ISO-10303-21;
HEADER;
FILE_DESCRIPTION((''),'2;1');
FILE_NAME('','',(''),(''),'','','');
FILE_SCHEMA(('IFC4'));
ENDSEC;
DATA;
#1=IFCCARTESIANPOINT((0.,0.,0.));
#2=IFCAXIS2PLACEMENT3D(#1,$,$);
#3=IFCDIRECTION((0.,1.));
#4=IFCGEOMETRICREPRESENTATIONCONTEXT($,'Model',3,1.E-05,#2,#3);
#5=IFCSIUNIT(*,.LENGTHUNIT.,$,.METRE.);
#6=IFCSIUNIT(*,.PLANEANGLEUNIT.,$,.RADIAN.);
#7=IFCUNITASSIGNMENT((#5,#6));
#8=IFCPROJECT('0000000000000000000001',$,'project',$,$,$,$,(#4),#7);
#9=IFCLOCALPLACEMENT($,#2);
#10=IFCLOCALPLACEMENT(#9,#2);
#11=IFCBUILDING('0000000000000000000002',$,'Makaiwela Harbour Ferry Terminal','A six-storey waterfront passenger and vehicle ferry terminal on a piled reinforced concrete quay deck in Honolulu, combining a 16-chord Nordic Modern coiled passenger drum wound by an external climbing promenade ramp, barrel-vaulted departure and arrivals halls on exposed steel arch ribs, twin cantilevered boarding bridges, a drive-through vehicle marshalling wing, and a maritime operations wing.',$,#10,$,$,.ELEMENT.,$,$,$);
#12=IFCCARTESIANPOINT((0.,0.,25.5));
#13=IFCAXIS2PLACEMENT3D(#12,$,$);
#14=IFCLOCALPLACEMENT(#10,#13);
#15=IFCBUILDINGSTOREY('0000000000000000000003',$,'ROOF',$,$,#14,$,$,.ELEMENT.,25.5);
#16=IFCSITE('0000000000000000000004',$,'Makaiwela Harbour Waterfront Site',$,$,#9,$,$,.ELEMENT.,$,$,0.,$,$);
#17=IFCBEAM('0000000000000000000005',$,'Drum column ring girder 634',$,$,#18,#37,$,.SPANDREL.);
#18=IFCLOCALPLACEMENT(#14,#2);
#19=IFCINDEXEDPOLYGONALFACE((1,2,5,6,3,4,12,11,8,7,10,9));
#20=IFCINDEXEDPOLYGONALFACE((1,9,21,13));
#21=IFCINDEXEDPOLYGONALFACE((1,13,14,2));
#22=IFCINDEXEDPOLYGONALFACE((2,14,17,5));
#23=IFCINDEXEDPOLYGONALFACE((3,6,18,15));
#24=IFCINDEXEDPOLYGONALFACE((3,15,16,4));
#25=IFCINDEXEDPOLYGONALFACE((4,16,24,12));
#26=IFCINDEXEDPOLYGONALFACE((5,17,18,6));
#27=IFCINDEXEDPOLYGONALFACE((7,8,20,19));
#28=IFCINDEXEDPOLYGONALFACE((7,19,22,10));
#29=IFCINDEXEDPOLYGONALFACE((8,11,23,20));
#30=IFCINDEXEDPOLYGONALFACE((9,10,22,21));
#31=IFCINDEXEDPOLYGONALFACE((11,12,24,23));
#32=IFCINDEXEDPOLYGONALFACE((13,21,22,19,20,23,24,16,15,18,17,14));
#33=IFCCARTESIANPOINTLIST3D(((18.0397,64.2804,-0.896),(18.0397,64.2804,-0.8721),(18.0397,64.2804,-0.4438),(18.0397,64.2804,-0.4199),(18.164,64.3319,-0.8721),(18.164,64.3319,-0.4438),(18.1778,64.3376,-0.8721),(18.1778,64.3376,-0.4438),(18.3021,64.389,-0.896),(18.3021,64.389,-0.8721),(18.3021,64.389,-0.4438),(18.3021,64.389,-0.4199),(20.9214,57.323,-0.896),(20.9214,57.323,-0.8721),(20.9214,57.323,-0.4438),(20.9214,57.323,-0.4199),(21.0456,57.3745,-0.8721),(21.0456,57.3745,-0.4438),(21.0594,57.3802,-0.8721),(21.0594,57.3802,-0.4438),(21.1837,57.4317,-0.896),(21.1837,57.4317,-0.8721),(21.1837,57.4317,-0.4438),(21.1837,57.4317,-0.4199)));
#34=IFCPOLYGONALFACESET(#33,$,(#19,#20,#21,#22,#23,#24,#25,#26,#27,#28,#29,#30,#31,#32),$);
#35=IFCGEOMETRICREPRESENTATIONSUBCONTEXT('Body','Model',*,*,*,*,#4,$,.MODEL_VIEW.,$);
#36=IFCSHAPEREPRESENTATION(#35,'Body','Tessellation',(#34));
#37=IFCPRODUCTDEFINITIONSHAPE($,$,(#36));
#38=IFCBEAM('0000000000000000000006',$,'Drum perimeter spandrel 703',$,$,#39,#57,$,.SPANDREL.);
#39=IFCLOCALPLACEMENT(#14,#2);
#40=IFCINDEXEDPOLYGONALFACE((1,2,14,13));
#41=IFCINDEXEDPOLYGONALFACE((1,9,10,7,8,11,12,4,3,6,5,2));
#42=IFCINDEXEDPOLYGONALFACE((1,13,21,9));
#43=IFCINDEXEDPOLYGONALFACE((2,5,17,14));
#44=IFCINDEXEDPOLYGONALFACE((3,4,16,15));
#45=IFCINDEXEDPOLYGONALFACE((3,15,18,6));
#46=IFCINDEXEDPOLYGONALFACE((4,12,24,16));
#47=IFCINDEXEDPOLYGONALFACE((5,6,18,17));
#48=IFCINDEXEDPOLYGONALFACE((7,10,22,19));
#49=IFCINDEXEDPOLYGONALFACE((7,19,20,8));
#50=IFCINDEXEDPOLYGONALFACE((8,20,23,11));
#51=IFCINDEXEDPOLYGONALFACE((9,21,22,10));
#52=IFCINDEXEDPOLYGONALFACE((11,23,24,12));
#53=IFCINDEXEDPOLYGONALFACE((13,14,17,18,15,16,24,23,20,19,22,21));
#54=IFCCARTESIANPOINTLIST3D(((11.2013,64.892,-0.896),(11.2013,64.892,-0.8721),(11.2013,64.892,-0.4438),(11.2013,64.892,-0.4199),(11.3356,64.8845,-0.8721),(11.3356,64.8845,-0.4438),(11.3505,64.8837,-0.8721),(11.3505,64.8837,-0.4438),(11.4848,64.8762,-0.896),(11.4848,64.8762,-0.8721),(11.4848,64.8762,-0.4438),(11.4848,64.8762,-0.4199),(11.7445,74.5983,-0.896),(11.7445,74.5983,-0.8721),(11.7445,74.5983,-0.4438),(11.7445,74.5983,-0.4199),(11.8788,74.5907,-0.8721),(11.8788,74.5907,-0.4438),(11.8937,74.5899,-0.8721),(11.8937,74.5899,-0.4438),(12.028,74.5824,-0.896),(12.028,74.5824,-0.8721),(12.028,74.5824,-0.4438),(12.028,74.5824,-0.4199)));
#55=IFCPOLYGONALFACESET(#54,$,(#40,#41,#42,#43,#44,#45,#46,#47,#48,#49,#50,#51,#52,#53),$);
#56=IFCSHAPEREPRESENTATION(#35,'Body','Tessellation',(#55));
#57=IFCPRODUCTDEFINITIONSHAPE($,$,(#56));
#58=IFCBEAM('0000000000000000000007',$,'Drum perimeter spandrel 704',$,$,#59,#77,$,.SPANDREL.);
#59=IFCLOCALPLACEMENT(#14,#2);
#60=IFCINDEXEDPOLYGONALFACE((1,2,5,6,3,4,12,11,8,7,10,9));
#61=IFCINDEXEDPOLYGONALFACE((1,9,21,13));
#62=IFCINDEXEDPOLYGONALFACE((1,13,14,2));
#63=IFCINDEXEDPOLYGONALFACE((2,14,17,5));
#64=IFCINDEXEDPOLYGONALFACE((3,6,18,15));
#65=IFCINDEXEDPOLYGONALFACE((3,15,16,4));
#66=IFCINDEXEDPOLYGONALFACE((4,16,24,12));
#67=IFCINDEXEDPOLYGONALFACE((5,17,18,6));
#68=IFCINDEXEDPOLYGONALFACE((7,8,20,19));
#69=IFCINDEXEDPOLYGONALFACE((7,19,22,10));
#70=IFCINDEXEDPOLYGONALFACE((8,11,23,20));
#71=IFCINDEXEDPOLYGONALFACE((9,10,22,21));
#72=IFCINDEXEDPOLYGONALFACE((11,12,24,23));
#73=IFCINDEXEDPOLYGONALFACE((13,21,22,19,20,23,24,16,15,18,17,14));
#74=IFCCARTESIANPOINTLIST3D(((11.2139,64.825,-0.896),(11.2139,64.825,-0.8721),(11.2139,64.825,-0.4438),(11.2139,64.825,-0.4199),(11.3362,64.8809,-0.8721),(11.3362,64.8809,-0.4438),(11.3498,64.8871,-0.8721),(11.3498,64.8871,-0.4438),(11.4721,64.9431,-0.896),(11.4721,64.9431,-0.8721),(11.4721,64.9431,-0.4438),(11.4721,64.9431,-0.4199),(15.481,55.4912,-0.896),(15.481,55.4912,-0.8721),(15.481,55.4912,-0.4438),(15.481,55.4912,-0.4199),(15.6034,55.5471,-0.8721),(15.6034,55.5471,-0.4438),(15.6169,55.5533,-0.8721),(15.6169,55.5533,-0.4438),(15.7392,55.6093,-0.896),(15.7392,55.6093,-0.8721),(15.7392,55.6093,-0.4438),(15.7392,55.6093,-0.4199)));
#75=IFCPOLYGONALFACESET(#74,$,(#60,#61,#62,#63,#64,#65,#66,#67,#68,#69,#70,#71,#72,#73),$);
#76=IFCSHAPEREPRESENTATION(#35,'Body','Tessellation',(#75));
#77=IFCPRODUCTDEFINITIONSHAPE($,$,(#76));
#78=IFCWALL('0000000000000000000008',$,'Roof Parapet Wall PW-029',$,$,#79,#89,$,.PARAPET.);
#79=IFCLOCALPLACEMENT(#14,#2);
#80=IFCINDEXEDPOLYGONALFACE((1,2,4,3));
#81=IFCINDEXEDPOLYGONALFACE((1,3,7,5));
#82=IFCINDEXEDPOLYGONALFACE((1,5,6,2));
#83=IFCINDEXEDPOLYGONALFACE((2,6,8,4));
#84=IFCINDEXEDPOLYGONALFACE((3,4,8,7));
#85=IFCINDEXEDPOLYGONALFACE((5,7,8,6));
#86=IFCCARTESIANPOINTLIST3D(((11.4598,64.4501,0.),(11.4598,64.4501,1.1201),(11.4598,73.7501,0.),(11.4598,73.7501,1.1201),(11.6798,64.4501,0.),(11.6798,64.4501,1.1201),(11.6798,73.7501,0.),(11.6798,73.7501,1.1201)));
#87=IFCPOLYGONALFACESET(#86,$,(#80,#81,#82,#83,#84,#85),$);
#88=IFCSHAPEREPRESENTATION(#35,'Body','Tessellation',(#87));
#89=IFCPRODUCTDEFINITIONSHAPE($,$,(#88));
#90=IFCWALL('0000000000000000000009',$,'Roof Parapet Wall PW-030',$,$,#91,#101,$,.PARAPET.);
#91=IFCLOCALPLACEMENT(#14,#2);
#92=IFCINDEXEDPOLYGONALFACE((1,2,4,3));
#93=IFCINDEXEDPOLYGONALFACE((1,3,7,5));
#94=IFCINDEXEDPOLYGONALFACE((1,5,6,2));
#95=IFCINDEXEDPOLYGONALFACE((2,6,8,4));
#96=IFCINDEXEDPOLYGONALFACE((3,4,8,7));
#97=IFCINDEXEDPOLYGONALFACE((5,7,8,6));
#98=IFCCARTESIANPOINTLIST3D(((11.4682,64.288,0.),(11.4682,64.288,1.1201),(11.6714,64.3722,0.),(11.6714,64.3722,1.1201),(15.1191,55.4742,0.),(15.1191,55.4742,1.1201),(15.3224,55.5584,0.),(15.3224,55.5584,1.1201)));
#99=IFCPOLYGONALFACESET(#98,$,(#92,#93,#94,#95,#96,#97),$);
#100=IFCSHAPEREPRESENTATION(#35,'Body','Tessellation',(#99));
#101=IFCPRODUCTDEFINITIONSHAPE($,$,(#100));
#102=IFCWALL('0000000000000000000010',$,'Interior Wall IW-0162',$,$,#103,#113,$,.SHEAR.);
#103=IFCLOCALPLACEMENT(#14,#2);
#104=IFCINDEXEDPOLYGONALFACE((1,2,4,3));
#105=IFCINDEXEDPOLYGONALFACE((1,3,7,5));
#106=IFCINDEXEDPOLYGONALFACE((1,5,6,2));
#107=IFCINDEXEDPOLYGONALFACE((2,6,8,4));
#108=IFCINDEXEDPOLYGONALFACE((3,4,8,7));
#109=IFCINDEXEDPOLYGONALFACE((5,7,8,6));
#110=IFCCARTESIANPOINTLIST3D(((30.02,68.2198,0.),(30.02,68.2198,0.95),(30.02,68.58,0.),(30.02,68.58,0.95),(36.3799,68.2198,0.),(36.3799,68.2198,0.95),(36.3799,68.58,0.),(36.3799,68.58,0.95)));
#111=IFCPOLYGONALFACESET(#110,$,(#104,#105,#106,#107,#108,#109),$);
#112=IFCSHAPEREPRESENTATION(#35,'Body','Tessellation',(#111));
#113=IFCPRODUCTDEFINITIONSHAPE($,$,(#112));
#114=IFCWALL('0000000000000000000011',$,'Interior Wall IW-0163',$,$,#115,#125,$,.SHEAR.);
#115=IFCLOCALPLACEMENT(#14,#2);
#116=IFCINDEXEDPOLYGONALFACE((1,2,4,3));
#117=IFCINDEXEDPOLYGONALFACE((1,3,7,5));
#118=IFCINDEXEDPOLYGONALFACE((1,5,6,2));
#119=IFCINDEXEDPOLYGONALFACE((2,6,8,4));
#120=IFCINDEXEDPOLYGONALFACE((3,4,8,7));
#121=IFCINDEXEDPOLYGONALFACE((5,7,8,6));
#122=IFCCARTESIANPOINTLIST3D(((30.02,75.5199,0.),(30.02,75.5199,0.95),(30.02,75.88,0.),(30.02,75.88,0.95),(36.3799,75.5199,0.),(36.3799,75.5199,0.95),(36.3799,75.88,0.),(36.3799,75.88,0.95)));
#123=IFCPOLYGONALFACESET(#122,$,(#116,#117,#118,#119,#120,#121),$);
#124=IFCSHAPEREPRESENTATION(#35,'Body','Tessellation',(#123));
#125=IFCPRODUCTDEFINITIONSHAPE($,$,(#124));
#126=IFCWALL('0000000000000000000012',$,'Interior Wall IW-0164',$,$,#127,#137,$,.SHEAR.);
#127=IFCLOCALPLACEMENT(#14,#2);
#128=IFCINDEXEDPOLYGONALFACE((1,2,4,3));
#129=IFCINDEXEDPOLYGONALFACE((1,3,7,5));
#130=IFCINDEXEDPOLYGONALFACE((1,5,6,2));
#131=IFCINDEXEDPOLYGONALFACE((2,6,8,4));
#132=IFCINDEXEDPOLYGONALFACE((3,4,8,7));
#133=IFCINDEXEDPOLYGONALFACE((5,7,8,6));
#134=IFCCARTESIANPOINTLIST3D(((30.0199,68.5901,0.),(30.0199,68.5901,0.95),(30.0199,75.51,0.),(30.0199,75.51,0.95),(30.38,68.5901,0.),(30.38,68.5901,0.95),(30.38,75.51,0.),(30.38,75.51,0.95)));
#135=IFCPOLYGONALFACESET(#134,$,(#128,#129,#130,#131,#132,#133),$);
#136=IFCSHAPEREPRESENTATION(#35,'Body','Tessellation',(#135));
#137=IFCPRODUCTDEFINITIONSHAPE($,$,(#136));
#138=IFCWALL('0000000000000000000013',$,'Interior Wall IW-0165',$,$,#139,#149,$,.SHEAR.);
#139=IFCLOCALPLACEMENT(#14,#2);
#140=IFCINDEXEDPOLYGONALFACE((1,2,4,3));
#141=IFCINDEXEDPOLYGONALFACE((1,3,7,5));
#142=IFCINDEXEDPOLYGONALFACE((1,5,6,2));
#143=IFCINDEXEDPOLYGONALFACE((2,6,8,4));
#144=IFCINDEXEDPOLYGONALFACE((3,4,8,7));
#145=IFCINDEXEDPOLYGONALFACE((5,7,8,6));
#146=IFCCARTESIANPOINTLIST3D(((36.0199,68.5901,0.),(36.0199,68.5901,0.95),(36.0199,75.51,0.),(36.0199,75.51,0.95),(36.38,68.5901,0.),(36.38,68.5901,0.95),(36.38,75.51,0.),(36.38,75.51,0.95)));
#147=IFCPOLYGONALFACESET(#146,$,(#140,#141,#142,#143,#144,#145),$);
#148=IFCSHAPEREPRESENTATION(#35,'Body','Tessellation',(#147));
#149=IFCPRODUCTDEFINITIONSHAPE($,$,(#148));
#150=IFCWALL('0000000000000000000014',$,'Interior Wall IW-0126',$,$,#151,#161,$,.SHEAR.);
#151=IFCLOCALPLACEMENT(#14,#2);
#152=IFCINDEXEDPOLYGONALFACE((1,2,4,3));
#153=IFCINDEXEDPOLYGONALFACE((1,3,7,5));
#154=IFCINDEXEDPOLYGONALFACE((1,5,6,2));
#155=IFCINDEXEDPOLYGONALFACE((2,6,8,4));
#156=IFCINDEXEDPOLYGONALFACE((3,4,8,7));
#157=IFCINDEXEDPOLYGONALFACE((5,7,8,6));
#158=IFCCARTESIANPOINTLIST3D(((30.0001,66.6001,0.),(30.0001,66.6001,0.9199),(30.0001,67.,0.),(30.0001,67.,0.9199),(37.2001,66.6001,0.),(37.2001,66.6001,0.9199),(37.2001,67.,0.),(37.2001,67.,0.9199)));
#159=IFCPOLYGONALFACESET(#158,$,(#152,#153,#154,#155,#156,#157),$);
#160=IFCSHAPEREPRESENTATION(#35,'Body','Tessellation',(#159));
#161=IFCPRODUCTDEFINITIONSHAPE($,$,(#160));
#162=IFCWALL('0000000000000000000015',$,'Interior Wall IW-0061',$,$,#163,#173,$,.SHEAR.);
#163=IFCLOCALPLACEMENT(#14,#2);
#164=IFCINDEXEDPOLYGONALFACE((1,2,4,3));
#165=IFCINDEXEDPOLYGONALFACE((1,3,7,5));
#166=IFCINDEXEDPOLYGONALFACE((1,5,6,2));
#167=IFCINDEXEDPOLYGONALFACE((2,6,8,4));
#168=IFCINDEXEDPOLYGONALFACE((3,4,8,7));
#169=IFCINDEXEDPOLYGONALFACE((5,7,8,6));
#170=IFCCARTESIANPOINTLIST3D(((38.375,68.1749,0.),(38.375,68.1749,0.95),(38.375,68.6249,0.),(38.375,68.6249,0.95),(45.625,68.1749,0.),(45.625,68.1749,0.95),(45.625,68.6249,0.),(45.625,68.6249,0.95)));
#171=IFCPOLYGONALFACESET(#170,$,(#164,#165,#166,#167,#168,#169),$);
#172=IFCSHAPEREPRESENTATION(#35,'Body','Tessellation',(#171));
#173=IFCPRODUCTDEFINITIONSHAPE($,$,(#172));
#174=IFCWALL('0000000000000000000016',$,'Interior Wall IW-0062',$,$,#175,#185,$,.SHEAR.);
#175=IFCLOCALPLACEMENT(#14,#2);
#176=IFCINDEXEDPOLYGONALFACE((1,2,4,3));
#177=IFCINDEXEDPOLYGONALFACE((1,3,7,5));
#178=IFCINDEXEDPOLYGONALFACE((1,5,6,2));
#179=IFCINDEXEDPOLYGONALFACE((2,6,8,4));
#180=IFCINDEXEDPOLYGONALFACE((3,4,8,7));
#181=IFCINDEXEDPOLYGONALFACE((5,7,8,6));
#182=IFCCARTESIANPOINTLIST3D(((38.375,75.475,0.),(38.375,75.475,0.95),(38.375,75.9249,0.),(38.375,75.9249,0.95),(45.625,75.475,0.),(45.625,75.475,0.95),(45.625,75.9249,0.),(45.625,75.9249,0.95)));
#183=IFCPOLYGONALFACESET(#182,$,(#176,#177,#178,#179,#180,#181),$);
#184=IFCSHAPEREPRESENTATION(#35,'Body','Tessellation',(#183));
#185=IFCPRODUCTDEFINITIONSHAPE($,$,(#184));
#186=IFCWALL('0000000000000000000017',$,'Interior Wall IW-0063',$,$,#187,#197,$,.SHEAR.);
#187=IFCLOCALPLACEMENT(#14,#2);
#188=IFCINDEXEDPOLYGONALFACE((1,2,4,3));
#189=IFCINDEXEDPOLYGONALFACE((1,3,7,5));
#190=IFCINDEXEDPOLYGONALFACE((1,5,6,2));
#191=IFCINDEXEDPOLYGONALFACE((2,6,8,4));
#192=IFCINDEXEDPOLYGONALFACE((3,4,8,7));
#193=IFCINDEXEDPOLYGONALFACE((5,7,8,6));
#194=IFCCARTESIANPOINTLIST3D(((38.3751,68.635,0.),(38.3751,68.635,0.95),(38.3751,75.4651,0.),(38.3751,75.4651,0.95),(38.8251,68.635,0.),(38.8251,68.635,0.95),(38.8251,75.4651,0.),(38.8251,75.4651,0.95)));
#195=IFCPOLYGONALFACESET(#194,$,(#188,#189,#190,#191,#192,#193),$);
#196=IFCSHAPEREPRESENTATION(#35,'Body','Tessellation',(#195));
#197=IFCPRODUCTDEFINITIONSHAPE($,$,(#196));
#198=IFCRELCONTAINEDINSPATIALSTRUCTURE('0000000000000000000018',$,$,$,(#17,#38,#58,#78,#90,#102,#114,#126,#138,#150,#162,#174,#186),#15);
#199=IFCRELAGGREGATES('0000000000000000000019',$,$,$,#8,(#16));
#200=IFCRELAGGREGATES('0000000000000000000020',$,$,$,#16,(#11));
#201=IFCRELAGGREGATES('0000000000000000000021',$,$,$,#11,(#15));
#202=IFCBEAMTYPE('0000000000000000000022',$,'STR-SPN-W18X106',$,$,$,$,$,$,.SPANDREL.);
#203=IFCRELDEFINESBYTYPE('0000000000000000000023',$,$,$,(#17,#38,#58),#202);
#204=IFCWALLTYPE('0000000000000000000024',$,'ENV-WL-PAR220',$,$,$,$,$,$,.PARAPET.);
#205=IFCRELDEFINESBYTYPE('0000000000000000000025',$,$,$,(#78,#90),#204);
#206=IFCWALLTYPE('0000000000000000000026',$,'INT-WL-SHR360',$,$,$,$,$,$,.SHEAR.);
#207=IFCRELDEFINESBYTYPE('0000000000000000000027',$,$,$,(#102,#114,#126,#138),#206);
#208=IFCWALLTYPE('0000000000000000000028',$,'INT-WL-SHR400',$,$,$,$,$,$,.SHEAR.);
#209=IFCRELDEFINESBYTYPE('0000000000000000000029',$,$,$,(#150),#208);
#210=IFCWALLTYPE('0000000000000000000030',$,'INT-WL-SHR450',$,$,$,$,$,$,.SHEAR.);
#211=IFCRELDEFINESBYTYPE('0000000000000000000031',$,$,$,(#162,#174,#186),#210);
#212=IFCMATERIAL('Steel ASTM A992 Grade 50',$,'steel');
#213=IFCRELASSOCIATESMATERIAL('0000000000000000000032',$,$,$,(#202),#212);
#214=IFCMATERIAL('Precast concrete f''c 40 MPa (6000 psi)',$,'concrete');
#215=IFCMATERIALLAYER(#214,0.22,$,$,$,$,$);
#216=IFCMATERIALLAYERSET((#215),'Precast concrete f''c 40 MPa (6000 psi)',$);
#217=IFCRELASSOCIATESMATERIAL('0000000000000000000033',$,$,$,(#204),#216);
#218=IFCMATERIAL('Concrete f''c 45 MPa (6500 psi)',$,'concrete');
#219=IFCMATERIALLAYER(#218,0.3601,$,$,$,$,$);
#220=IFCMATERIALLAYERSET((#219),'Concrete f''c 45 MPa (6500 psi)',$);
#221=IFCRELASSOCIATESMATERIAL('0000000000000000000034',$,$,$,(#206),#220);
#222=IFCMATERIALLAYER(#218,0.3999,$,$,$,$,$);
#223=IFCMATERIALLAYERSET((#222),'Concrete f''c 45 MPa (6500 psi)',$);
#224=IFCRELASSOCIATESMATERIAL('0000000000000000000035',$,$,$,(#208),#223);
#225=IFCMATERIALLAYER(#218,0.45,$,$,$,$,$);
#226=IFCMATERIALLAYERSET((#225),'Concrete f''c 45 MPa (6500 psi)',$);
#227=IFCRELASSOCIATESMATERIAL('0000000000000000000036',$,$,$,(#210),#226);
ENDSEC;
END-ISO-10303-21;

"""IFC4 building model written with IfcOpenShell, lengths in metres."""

from ifc_helpers import new_model, si_unit, direction, frame, frame_2d, origin, origin_2d, place, context, subcontext, project, spatial, rectangle, i_section, extrude, material, layer, layer_set, material_profile, profile_set, type_object, element, save


model = new_model("IFC4")

# Units and contexts
model_context = context("Model", 3, precision=1e-05, world=origin(), true_north=direction((0.0, 1.0)))
body_context = subcontext(model_context, "Body", "Model", "MODEL_VIEW")
ifc_project = project(units=[si_unit("LENGTHUNIT", "METRE"), si_unit("PLANEANGLEUNIT", "RADIAN")], contexts=[model_context])

# Site, building, storey
site_placement = place(None, origin())
site = spatial("IfcSite", under=ifc_project, at=site_placement, Name="Makaiwela Harbour Waterfront Site", CompositionType="ELEMENT", RefElevation=0.0)
building_placement = place(site_placement, origin())
building = spatial("IfcBuilding", under=site, at=building_placement, Name="Makaiwela Harbour Ferry Terminal", Description="A six-storey waterfront passenger and vehicle ferry terminal on a piled reinforced concrete quay deck in Honolulu, combining a 16-chord Nordic Modern coiled passenger drum wound by an external climbing promenade ramp, barrel-vaulted departure and arrivals halls on exposed steel arch ribs, twin cantilevered boarding bridges, a drive-through vehicle marshalling wing, and a maritime operations wing.", CompositionType="ELEMENT")
storey_placement = place(building_placement, frame((0.0, 0.0, 25.5)))
storey = spatial("IfcBuildingStorey", under=building, at=storey_placement, Name="ROOF", CompositionType="ELEMENT", Elevation=25.5)

# Beams
ifc_material_1 = material(Name="Steel ASTM A992 Grade 50", Category="steel")
ifc_material_profile_1 = material_profile(ifc_material_1, i_section(OverallWidth=0.2839, OverallDepth=0.4761, WebThickness=0.0149, FlangeThickness=0.0239, at=origin_2d()), Name="W18X106")
ifc_profile_set_1 = profile_set([ifc_material_profile_1], Name="Steel ASTM A992 Grade 50")
beam_type_1 = type_object("IfcBeamType", Name="STR-SPN-W18X106", PredefinedType="SPANDREL", material=ifc_profile_set_1)
for number, where, z_axis, x_axis, name in (
    (1, (18.1709, 64.3347, -0.658), (0.38266, -0.923889, 0.0), (0.923889, 0.38266, 0.0), "Drum column ring girder 634"),
):
    element("IfcBeam", number, at=place(storey_placement, frame(where, z_axis=z_axis, x_axis=x_axis)), inside=storey, type_object=beam_type_1, Name=name, PredefinedType="SPANDREL", context=body_context, shape_type="SweptSolid", body=[
        extrude(i_section(OverallWidth=0.2839, OverallDepth=0.4761, WebThickness=0.0149, FlangeThickness=0.0239, at=origin_2d()), origin(), (0.0, 0.0, 1.0), 7.5305),
    ])
beam_1_placement = place(storey_placement, frame((11.8862, 74.5903, -0.658), z_axis=(-0.055878, -0.998438, 0.0), x_axis=(0.998438, -0.055878, 0.0)))
element("IfcBeam", 2, at=beam_1_placement, inside=storey, type_object=beam_type_1, Name="Drum perimeter spandrel 703", PredefinedType="SPANDREL", context=body_context, shape_type="SweptSolid", body=[
    extrude(i_section(OverallWidth=0.2839, OverallDepth=0.4761, WebThickness=0.0149, FlangeThickness=0.0239, at=origin_2d()), origin(), (0.0, 0.0, 1.0), 9.7214),
])
beam_2_placement = place(storey_placement, frame((11.343, 64.884, -0.658), z_axis=(0.415779, -0.909466, 0.0), x_axis=(0.909466, 0.415779, 0.0)))
element("IfcBeam", 3, at=beam_2_placement, inside=storey, type_object=beam_type_1, Name="Drum perimeter spandrel 704", PredefinedType="SPANDREL", context=body_context, shape_type="SweptSolid", body=[
    extrude(i_section(OverallWidth=0.2839, OverallDepth=0.4761, WebThickness=0.0149, FlangeThickness=0.0239, at=origin_2d()), origin(), (0.0, 0.0, 1.0), 10.2629),
])

# Walls
ifc_material_2 = material(Name="Precast concrete f'c 40 MPa (6000 psi)", Category="concrete")
ifc_layer_1 = layer(ifc_material_2, 0.22)
ifc_layer_set_1 = layer_set([ifc_layer_1], Name="Precast concrete f'c 40 MPa (6000 psi)")
wall_type_1 = type_object("IfcWallType", Name="ENV-WL-PAR220", PredefinedType="PARAPET", material=ifc_layer_set_1)
wall_1_placement = place(storey_placement, frame((11.5698, 73.75, 0.0), z_axis=(0.0, 0.0, 1.0), x_axis=(0.0, -1.0, 0.0)))
element("IfcWall", 4, at=wall_1_placement, inside=storey, type_object=wall_type_1, Name="Roof Parapet Wall PW-029", PredefinedType="PARAPET", context=body_context, shape_type="SweptSolid", body=[
    extrude(rectangle(XDim=9.3, YDim=0.22, at=frame_2d((4.6499, 0.0))), origin(), (0.0, 0.0, 1.0), 1.1201),
])
wall_2_placement = place(storey_placement, frame((11.5698, 64.3301, 0.0), z_axis=(0.0, 0.0, 1.0), x_axis=(0.382694, -0.923875, 0.0)))
element("IfcWall", 5, at=wall_2_placement, inside=storey, type_object=wall_type_1, Name="Roof Parapet Wall PW-030", PredefinedType="PARAPET", context=body_context, shape_type="SweptSolid", body=[
    extrude(rectangle(XDim=9.54, YDim=0.22, at=frame_2d((4.77, 0.0))), origin(), (0.0, 0.0, 1.0), 1.1201),
])
ifc_material_3 = material(Name="Concrete f'c 45 MPa (6500 psi)", Category="concrete")
ifc_layer_2 = layer(ifc_material_3, 0.3601)
ifc_layer_set_2 = layer_set([ifc_layer_2], Name="Concrete f'c 45 MPa (6500 psi)")
wall_type_2 = type_object("IfcWallType", Name="INT-WL-SHR360", PredefinedType="SHEAR", material=ifc_layer_set_2)
for number, where, z_axis, x_axis, name in (
    (6, (30.02, 68.3999, 0.0), (0.0, 0.0, 1.0), (1.0, 0.0, 0.0), "Interior Wall IW-0162"),
    (7, (30.02, 75.7, 0.0), (0.0, 0.0, 1.0), (1.0, 0.0, 0.0), "Interior Wall IW-0163"),
):
    element("IfcWall", number, at=place(storey_placement, frame(where, z_axis=z_axis, x_axis=x_axis)), inside=storey, type_object=wall_type_2, Name=name, PredefinedType="SHEAR", context=body_context, shape_type="SweptSolid", body=[
        extrude(rectangle(XDim=6.3599, YDim=0.3601, at=frame_2d((3.1799, 0.0))), origin(), (0.0, 0.0, 1.0), 0.95),
    ])
for number, where, z_axis, x_axis, name in (
    (8, (30.2, 68.5901, 0.0), (0.0, 0.0, 1.0), (0.0, 1.0, 0.0), "Interior Wall IW-0164"),
    (9, (36.2, 68.5901, 0.0), (0.0, 0.0, 1.0), (0.0, 1.0, 0.0), "Interior Wall IW-0165"),
):
    element("IfcWall", number, at=place(storey_placement, frame(where, z_axis=z_axis, x_axis=x_axis)), inside=storey, type_object=wall_type_2, Name=name, PredefinedType="SHEAR", context=body_context, shape_type="SweptSolid", body=[
        extrude(rectangle(XDim=6.9199, YDim=0.3601, at=frame_2d((3.46, 0.0))), origin(), (0.0, 0.0, 1.0), 0.95),
    ])
ifc_layer_3 = layer(ifc_material_3, 0.3999)
ifc_layer_set_3 = layer_set([ifc_layer_3], Name="Concrete f'c 45 MPa (6500 psi)")
wall_type_3 = type_object("IfcWallType", Name="INT-WL-SHR400", PredefinedType="SHEAR", material=ifc_layer_set_3)
wall_3_placement = place(storey_placement, frame((30.0, 66.8, 0.0), z_axis=(0.0, 0.0, 1.0), x_axis=(1.0, 0.0, 0.0)))
element("IfcWall", 10, at=wall_3_placement, inside=storey, type_object=wall_type_3, Name="Interior Wall IW-0126", PredefinedType="SHEAR", context=body_context, shape_type="SweptSolid", body=[
    extrude(rectangle(XDim=7.2, YDim=0.3999, at=frame_2d((3.6001, 0.0))), origin(), (0.0, 0.0, 1.0), 0.9199),
])
ifc_layer_4 = layer(ifc_material_3, 0.45)
ifc_layer_set_4 = layer_set([ifc_layer_4], Name="Concrete f'c 45 MPa (6500 psi)")
wall_type_4 = type_object("IfcWallType", Name="INT-WL-SHR450", PredefinedType="SHEAR", material=ifc_layer_set_4)
for number, where, z_axis, x_axis, name in (
    (11, (38.375, 68.3999, 0.0), (0.0, 0.0, 1.0), (1.0, 0.0, 0.0), "Interior Wall IW-0061"),
    (12, (38.375, 75.7, 0.0), (0.0, 0.0, 1.0), (1.0, 0.0, 0.0), "Interior Wall IW-0062"),
):
    element("IfcWall", number, at=place(storey_placement, frame(where, z_axis=z_axis, x_axis=x_axis)), inside=storey, type_object=wall_type_4, Name=name, PredefinedType="SHEAR", context=body_context, shape_type="SweptSolid", body=[
        extrude(rectangle(XDim=7.25, YDim=0.45, at=frame_2d((3.625, 0.0))), origin(), (0.0, 0.0, 1.0), 0.95),
    ])
wall_4_placement = place(storey_placement, frame((38.6001, 68.635, 0.0), z_axis=(0.0, 0.0, 1.0), x_axis=(0.0, 1.0, 0.0)))
element("IfcWall", 13, at=wall_4_placement, inside=storey, type_object=wall_type_4, Name="Interior Wall IW-0063", PredefinedType="SHEAR", context=body_context, shape_type="SweptSolid", body=[
    extrude(rectangle(XDim=6.8301, YDim=0.45, at=frame_2d((3.415, 0.0))), origin(), (0.0, 0.0, 1.0), 0.95),
])

save(model, "model.ifc")
